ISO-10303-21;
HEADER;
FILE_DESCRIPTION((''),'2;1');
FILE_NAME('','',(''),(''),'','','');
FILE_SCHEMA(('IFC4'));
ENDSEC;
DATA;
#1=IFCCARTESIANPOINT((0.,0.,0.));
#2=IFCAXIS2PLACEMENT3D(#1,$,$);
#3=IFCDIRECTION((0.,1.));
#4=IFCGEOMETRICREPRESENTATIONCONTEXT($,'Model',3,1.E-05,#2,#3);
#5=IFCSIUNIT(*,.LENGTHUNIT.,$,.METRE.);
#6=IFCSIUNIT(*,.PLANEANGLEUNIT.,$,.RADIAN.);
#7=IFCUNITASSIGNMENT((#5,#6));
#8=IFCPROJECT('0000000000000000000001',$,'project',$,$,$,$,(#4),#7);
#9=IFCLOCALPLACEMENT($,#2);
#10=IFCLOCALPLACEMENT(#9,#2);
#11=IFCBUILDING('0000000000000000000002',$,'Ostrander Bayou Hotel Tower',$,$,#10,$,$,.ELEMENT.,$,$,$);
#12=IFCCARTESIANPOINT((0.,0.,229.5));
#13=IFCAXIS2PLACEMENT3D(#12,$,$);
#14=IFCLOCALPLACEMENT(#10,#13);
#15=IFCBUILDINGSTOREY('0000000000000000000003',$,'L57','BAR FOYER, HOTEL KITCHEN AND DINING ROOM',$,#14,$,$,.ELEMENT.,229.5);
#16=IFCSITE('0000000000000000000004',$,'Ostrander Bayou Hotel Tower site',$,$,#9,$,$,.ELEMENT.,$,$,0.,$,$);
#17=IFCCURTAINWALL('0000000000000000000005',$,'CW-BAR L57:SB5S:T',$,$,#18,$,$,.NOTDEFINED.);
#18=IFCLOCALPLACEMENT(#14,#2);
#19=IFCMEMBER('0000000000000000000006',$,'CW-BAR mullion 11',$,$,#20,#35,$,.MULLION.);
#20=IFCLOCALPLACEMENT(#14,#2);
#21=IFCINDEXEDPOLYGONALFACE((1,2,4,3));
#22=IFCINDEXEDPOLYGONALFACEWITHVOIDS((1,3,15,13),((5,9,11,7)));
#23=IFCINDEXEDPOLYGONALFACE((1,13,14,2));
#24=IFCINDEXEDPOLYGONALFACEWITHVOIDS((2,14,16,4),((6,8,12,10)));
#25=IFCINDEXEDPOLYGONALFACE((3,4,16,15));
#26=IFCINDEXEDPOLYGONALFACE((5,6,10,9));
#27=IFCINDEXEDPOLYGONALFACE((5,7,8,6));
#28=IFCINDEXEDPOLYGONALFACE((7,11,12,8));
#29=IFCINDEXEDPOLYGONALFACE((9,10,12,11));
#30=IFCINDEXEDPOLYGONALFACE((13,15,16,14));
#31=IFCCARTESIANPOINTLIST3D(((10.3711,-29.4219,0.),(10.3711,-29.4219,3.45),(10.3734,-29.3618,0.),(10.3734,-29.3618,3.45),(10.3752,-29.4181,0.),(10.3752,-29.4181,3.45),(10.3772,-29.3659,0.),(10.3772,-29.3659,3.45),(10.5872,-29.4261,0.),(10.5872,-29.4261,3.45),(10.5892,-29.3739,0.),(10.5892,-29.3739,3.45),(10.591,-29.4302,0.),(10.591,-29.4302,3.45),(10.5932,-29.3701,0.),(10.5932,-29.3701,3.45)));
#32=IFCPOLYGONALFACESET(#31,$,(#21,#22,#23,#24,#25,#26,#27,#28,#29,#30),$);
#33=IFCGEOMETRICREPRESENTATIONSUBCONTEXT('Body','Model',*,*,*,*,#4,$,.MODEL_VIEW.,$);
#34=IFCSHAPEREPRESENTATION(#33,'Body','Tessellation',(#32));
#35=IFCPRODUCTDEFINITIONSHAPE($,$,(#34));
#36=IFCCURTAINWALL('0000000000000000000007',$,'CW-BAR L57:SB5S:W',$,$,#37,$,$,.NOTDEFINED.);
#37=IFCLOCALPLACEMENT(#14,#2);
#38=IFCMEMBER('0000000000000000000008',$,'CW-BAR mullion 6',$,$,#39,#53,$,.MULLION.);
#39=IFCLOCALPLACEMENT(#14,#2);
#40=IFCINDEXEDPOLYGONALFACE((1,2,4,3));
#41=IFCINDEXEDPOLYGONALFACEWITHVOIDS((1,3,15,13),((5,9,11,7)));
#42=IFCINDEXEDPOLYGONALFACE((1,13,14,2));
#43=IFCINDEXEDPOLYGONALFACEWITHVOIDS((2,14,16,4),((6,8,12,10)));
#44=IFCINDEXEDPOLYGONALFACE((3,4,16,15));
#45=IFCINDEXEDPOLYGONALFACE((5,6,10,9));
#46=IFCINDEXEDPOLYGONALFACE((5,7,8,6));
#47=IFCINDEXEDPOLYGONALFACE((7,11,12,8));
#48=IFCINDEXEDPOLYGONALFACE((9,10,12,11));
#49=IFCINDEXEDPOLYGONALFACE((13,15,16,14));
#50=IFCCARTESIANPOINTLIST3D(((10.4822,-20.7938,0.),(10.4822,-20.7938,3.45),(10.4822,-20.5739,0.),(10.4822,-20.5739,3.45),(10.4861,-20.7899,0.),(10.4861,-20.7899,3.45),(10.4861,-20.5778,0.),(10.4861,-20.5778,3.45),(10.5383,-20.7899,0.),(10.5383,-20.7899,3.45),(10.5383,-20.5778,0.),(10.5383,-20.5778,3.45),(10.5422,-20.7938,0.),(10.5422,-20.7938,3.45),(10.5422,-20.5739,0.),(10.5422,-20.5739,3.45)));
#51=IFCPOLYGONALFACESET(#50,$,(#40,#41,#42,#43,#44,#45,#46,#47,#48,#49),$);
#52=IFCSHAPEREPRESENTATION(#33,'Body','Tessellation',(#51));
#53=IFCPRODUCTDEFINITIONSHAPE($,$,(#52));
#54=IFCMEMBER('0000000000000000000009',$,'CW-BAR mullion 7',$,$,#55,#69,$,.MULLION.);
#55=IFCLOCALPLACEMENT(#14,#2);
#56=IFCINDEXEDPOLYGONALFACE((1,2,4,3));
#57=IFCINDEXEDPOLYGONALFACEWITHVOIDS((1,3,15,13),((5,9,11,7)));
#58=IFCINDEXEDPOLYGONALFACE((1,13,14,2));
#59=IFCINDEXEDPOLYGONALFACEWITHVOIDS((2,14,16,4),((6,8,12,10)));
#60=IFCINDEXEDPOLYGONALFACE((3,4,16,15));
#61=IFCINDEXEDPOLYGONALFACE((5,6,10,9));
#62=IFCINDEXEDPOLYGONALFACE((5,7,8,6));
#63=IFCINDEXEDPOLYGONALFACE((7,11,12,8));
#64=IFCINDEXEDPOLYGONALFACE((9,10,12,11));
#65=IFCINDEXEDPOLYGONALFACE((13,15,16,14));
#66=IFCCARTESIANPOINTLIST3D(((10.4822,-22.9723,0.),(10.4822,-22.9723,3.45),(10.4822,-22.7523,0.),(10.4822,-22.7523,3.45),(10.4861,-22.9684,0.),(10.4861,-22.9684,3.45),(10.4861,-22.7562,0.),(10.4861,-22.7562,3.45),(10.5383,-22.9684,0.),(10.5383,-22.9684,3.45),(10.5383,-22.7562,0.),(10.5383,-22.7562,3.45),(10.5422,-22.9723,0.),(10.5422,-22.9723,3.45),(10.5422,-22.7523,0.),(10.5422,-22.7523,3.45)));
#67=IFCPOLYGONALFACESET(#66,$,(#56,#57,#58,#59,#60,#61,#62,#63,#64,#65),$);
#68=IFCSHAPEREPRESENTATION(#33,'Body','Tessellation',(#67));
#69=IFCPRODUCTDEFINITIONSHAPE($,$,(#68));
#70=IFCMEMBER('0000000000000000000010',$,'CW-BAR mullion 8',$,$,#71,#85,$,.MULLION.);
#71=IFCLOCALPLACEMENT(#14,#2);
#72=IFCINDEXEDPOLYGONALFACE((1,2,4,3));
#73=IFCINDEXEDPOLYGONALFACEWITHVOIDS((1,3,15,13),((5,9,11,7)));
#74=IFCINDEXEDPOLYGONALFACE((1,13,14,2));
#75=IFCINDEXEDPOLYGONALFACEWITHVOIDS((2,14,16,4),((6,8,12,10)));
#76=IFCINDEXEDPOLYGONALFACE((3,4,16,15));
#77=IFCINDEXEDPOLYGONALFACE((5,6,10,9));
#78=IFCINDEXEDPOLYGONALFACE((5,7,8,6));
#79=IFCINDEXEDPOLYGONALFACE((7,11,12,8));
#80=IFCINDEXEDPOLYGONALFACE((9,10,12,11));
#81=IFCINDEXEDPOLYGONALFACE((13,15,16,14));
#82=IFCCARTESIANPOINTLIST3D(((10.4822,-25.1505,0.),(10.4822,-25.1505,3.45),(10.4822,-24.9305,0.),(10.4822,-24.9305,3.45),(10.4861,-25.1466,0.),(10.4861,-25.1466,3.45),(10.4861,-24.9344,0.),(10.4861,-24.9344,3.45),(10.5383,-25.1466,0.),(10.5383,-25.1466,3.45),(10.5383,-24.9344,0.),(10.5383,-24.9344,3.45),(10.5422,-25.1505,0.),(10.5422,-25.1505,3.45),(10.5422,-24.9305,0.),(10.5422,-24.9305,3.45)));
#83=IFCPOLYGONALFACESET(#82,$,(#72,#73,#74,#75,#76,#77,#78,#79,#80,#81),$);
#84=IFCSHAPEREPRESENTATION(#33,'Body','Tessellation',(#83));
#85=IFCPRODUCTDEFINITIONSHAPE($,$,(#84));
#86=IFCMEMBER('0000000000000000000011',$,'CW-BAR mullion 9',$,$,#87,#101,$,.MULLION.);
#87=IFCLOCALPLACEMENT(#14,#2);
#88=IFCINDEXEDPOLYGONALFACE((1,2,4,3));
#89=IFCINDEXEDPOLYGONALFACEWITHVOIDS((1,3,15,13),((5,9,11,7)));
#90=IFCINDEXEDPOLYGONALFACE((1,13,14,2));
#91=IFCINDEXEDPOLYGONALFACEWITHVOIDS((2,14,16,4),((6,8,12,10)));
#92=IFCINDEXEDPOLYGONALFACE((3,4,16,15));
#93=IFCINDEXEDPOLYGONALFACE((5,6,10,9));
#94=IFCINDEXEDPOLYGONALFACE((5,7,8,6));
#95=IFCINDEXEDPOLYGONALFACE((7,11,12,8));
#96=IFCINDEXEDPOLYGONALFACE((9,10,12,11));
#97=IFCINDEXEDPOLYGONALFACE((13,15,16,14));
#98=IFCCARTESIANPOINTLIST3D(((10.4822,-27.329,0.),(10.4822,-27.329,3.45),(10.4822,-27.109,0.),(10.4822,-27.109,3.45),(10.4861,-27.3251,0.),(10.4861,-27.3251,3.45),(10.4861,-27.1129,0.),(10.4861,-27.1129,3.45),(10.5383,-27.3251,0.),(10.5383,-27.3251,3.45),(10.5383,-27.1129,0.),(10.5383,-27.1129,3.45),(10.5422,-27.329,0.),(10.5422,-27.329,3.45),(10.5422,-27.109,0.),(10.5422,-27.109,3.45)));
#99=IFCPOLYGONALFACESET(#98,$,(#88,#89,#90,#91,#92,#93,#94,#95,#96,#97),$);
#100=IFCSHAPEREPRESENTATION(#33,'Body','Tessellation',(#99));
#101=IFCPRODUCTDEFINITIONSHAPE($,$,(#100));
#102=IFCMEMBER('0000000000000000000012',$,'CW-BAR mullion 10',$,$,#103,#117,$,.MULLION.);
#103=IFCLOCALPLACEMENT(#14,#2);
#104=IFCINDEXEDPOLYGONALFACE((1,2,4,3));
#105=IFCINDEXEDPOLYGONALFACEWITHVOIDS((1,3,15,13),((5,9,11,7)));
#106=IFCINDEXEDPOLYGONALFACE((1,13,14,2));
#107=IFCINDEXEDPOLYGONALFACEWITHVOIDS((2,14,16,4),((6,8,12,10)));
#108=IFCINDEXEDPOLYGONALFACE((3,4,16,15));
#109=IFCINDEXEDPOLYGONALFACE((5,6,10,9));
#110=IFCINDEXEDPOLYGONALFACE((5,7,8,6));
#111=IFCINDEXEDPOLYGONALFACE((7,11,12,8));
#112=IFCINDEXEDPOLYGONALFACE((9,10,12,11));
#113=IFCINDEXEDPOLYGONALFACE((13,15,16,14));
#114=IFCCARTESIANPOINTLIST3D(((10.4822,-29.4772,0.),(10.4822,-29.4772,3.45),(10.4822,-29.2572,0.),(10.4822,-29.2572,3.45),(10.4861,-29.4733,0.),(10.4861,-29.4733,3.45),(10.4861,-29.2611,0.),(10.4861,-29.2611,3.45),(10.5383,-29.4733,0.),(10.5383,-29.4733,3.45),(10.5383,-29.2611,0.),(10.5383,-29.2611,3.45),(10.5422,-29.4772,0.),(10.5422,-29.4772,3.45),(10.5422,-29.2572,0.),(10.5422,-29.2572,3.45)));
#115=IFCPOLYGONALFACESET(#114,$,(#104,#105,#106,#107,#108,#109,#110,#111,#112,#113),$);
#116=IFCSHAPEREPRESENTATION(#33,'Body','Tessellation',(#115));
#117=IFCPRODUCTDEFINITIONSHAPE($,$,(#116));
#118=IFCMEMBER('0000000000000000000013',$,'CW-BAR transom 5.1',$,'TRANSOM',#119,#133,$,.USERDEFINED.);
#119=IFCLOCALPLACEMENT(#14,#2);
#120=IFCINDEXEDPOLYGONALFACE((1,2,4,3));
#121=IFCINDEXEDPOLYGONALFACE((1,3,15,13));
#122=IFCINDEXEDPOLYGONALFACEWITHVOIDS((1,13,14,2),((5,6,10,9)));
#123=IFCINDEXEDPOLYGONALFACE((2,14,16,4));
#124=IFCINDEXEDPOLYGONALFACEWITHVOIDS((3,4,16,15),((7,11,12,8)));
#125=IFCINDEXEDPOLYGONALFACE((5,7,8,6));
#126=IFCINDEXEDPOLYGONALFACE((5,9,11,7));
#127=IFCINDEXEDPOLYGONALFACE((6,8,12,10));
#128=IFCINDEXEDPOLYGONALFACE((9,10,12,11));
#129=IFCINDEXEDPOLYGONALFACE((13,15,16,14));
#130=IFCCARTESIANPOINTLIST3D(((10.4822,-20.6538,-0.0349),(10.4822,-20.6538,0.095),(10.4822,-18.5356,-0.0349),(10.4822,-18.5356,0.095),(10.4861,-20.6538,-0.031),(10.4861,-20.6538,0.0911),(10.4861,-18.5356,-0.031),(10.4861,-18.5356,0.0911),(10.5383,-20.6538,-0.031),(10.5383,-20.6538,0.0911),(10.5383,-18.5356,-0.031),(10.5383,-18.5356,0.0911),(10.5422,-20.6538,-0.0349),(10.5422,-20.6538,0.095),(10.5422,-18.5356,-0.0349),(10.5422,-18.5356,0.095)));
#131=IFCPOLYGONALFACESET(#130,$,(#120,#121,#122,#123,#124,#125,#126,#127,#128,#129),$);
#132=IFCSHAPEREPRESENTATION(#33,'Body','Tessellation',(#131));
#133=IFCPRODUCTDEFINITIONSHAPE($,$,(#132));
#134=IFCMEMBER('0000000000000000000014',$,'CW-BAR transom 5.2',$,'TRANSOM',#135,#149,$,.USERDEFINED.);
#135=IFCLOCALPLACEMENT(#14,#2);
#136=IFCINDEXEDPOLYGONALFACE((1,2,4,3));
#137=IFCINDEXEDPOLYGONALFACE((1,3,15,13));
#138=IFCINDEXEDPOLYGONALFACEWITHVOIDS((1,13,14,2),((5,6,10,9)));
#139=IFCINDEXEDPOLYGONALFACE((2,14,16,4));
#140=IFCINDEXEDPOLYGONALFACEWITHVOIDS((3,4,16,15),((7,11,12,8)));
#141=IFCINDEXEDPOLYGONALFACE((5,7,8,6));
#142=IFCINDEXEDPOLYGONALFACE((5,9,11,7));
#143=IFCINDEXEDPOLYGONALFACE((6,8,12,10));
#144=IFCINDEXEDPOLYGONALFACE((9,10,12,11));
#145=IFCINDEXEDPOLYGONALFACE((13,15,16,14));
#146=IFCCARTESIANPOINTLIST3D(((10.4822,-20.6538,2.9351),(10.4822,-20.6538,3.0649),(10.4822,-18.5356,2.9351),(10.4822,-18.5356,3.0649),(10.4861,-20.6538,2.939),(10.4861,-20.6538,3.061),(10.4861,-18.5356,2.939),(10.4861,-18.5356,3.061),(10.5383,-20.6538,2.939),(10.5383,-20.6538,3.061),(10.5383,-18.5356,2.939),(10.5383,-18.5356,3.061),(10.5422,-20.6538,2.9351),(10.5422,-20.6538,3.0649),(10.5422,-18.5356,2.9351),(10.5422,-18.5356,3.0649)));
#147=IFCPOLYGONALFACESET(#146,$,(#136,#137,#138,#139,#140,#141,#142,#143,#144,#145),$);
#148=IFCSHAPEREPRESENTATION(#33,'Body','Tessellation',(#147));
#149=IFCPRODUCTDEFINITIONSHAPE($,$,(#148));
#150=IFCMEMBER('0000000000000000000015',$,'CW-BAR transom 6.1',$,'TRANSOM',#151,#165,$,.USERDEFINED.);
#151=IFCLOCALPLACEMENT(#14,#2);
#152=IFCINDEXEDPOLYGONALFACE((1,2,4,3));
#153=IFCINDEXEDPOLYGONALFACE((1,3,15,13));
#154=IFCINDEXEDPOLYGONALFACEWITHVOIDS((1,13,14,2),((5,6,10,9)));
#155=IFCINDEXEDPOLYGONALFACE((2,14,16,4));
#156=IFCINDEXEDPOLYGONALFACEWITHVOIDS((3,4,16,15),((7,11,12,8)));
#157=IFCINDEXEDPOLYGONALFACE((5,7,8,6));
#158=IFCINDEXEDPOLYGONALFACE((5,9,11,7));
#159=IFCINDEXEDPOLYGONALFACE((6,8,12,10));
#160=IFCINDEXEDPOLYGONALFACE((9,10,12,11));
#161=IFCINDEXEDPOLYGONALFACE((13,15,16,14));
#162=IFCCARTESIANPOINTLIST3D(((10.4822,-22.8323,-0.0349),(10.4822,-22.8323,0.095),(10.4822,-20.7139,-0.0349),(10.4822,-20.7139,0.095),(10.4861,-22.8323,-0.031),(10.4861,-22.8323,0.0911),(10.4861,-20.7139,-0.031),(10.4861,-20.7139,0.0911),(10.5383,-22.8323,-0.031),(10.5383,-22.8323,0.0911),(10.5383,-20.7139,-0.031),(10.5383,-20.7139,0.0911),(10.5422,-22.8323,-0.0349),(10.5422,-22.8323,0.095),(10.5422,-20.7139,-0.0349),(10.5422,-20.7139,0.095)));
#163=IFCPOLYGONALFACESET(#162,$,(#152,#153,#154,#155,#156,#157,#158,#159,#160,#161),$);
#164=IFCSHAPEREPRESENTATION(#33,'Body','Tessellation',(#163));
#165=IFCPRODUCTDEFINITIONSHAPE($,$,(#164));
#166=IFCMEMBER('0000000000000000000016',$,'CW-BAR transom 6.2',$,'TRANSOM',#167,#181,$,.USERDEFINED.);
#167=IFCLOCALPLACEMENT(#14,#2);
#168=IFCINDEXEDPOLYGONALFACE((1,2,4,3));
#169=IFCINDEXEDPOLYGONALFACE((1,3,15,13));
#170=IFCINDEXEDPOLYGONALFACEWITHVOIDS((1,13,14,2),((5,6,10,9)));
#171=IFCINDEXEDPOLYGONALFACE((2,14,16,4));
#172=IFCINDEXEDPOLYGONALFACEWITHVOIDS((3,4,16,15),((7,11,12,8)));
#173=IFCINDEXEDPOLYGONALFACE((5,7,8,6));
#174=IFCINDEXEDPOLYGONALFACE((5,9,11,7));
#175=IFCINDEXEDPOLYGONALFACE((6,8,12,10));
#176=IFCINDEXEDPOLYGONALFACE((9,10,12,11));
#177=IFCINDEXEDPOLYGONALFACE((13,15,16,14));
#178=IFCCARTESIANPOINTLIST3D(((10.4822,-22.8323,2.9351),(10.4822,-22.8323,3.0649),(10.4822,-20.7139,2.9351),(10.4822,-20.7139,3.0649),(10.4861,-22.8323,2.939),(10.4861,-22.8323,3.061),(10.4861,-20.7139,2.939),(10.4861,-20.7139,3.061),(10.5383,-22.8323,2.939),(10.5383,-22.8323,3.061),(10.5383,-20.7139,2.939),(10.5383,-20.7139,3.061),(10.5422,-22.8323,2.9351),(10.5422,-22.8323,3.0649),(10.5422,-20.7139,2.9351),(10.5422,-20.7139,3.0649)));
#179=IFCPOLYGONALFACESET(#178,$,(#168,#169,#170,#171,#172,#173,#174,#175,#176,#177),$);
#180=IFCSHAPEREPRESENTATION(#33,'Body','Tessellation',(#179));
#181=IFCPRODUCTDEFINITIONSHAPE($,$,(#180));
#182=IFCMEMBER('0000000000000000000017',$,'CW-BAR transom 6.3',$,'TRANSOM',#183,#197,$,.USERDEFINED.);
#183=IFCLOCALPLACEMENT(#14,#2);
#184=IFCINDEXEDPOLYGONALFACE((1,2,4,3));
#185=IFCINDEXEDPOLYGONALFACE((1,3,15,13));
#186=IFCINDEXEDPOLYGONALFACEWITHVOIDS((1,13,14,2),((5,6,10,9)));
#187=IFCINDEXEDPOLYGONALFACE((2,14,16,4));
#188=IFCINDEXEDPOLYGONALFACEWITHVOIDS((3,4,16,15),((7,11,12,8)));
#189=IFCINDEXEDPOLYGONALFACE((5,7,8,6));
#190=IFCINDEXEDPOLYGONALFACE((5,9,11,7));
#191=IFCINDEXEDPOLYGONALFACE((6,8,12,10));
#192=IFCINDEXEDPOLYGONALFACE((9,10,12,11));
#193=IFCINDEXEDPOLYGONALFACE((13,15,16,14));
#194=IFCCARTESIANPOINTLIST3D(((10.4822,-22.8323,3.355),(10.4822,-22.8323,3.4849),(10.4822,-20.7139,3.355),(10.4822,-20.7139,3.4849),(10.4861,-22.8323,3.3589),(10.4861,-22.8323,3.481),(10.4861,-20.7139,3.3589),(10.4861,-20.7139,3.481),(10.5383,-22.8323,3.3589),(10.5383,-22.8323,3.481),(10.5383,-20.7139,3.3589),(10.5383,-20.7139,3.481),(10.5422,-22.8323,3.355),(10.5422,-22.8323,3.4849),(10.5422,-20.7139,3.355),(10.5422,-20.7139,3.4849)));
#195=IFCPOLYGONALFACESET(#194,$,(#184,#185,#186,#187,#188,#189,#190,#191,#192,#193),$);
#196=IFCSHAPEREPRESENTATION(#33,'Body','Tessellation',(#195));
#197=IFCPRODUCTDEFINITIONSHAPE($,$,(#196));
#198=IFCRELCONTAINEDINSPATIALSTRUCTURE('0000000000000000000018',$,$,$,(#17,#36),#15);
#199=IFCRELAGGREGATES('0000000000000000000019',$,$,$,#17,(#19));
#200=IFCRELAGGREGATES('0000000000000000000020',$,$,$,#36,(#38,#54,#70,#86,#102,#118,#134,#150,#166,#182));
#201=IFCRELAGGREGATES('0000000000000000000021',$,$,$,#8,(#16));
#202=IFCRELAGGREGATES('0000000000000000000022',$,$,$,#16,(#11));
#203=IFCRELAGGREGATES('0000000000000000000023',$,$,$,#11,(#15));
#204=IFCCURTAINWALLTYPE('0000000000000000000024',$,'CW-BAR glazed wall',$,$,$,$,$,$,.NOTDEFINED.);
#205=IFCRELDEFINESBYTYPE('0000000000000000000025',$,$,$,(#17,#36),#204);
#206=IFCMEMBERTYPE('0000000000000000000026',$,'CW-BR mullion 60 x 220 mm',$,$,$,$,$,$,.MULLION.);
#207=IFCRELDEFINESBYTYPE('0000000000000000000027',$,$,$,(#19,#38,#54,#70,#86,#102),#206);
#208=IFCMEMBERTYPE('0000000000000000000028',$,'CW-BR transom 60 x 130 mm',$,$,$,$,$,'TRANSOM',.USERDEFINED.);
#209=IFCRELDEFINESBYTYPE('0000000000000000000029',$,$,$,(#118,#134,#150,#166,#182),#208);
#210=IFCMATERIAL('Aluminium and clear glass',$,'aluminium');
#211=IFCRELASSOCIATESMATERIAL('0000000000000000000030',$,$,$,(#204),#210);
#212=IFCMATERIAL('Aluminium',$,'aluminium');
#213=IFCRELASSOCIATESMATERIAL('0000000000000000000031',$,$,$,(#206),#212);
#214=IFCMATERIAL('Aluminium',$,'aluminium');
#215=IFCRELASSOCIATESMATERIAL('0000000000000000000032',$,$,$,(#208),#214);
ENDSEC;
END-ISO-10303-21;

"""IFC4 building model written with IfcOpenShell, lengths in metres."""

from ifc_helpers import new_model, si_unit, direction, frame, origin, origin_2d, place, context, subcontext, project, spatial, hollow_rectangle, extrude, material, material_profile, profile_set, type_object, element, aggregate, save


model = new_model("IFC4")

# Units and contexts
model_context = context("Model", 3, precision=1e-05, world=origin(), true_north=direction((0.0, 1.0)))
body_context = subcontext(model_context, "Body", "Model", "MODEL_VIEW")
ifc_project = project(units=[si_unit("LENGTHUNIT", "METRE"), si_unit("PLANEANGLEUNIT", "RADIAN")], contexts=[model_context])

# Site, building, storey
site_placement = place(None, origin())
site = spatial("IfcSite", under=ifc_project, at=site_placement, Name="Ostrander Bayou Hotel Tower site", CompositionType="ELEMENT", RefElevation=0.0)
building_placement = place(site_placement, origin())
building = spatial("IfcBuilding", under=site, at=building_placement, Name="Ostrander Bayou Hotel Tower", CompositionType="ELEMENT")
storey_placement = place(building_placement, frame((0.0, 0.0, 229.5)))
storey = spatial("IfcBuildingStorey", under=building, at=storey_placement, Name="L57", Description="BAR FOYER, HOTEL KITCHEN AND DINING ROOM", CompositionType="ELEMENT", Elevation=229.5)

# Curtain wall, member
ifc_material_1 = material(Name="Aluminium and clear glass", Category="aluminium")
curtain_wall_type = type_object("IfcCurtainWallType", Name="CW-BAR glazed wall", PredefinedType="NOTDEFINED", material=ifc_material_1)
curtain_wall_1_placement = place(storey_placement, origin())
curtain_wall_1 = element("IfcCurtainWall", 1, at=curtain_wall_1_placement, inside=storey, type_object=curtain_wall_type, Name="CW-BAR L57:SB5S:T", PredefinedType="NOTDEFINED")
ifc_material_2 = material(Name="Aluminium", Category="aluminium")
ifc_material_profile_1 = material_profile(ifc_material_2, hollow_rectangle(XDim=0.0601, YDim=0.22, WallThickness=0.0039, at=origin_2d()))
ifc_profile_set_1 = profile_set([ifc_material_profile_1], Name="Aluminium")
member_type_1 = type_object("IfcMemberType", Name="CW-BR mullion 60 x 220 mm", PredefinedType="MULLION", material=ifc_profile_set_1)
member_1_placement = place(storey_placement, frame((10.4822, -29.396, 0.0), z_axis=(0.0, 0.0, 1.0), x_axis=(0.037758, 0.999287, 0.0)))
member_1 = element("IfcMember", 2, at=member_1_placement, type_object=member_type_1, Name="CW-BAR mullion 11", PredefinedType="MULLION", context=body_context, shape_type="SweptSolid", body=[
    extrude(hollow_rectangle(XDim=0.0601, YDim=0.22, WallThickness=0.0039, at=origin_2d()), origin(), (0.0, 0.0, 1.0), 3.45),
])

# Curtain wall, members
curtain_wall_2_placement = place(storey_placement, origin())
curtain_wall_2 = element("IfcCurtainWall", 3, at=curtain_wall_2_placement, inside=storey, type_object=curtain_wall_type, Name="CW-BAR L57:SB5S:W", PredefinedType="NOTDEFINED")
member_2_placement = place(storey_placement, frame((10.5122, -20.6838, 0.0), z_axis=(0.0, 0.0, 1.0), x_axis=(1.0, 0.0, 0.0)))
member_2 = element("IfcMember", 4, at=member_2_placement, type_object=member_type_1, Name="CW-BAR mullion 6", PredefinedType="MULLION", context=body_context, shape_type="SweptSolid", body=[
    extrude(hollow_rectangle(XDim=0.0601, YDim=0.22, WallThickness=0.0039, at=origin_2d()), origin(), (0.0, 0.0, 1.0), 3.45),
])
member_3_placement = place(storey_placement, frame((10.5122, -22.8623, 0.0), z_axis=(0.0, 0.0, 1.0), x_axis=(1.0, 0.0, 0.0)))
member_3 = element("IfcMember", 5, at=member_3_placement, type_object=member_type_1, Name="CW-BAR mullion 7", PredefinedType="MULLION", context=body_context, shape_type="SweptSolid", body=[
    extrude(hollow_rectangle(XDim=0.0601, YDim=0.22, WallThickness=0.0039, at=origin_2d()), origin(), (0.0, 0.0, 1.0), 3.45),
])
member_4_placement = place(storey_placement, frame((10.5122, -25.0405, 0.0), z_axis=(0.0, 0.0, 1.0), x_axis=(1.0, 0.0, 0.0)))
member_4 = element("IfcMember", 6, at=member_4_placement, type_object=member_type_1, Name="CW-BAR mullion 8", PredefinedType="MULLION", context=body_context, shape_type="SweptSolid", body=[
    extrude(hollow_rectangle(XDim=0.0601, YDim=0.22, WallThickness=0.0039, at=origin_2d()), origin(), (0.0, 0.0, 1.0), 3.45),
])
member_5_placement = place(storey_placement, frame((10.5122, -27.219, 0.0), z_axis=(0.0, 0.0, 1.0), x_axis=(1.0, 0.0, 0.0)))
member_5 = element("IfcMember", 7, at=member_5_placement, type_object=member_type_1, Name="CW-BAR mullion 9", PredefinedType="MULLION", context=body_context, shape_type="SweptSolid", body=[
    extrude(hollow_rectangle(XDim=0.0601, YDim=0.22, WallThickness=0.0039, at=origin_2d()), origin(), (0.0, 0.0, 1.0), 3.45),
])
member_6_placement = place(storey_placement, frame((10.5122, -29.3672, 0.0), z_axis=(0.0, 0.0, 1.0), x_axis=(1.0, 0.0, 0.0)))
member_6 = element("IfcMember", 8, at=member_6_placement, type_object=member_type_1, Name="CW-BAR mullion 10", PredefinedType="MULLION", context=body_context, shape_type="SweptSolid", body=[
    extrude(hollow_rectangle(XDim=0.0601, YDim=0.22, WallThickness=0.0039, at=origin_2d()), origin(), (0.0, 0.0, 1.0), 3.45),
])
ifc_material_3 = material(Name="Aluminium", Category="aluminium")
ifc_material_profile_2 = material_profile(ifc_material_3, hollow_rectangle(XDim=0.0601, YDim=0.1299, WallThickness=0.0039, at=origin_2d()))
ifc_profile_set_2 = profile_set([ifc_material_profile_2], Name="Aluminium")
member_type_2 = type_object("IfcMemberType", Name="CW-BR transom 60 x 130 mm", ElementType="TRANSOM", PredefinedType="USERDEFINED", material=ifc_profile_set_2)
member_7_placement = place(storey_placement, frame((10.5122, -18.5356, 0.03), z_axis=(0.0, -1.0, 0.0), x_axis=(1.0, 0.0, 0.0)))
member_7 = element("IfcMember", 9, at=member_7_placement, type_object=member_type_2, Name="CW-BAR transom 5.1", ObjectType="TRANSOM", PredefinedType="USERDEFINED", context=body_context, shape_type="SweptSolid", body=[
    extrude(hollow_rectangle(XDim=0.0601, YDim=0.1299, WallThickness=0.0039, at=origin_2d()), origin(), (0.0, 0.0, 1.0), 2.1182),
])
member_8_placement = place(storey_placement, frame((10.5122, -18.5356, 3.0), z_axis=(0.0, -1.0, 0.0), x_axis=(1.0, 0.0, 0.0)))
member_8 = element("IfcMember", 10, at=member_8_placement, type_object=member_type_2, Name="CW-BAR transom 5.2", ObjectType="TRANSOM", PredefinedType="USERDEFINED", context=body_context, shape_type="SweptSolid", body=[
    extrude(hollow_rectangle(XDim=0.0601, YDim=0.1299, WallThickness=0.0039, at=origin_2d()), origin(), (0.0, 0.0, 1.0), 2.1182),
])
member_9_placement = place(storey_placement, frame((10.5122, -20.7139, 0.03), z_axis=(0.0, -1.0, 0.0), x_axis=(1.0, 0.0, 0.0)))
member_9 = element("IfcMember", 11, at=member_9_placement, type_object=member_type_2, Name="CW-BAR transom 6.1", ObjectType="TRANSOM", PredefinedType="USERDEFINED", context=body_context, shape_type="SweptSolid", body=[
    extrude(hollow_rectangle(XDim=0.0601, YDim=0.1299, WallThickness=0.0039, at=origin_2d()), origin(), (0.0, 0.0, 1.0), 2.1184),
])
member_10_placement = place(storey_placement, frame((10.5122, -20.7139, 3.0), z_axis=(0.0, -1.0, 0.0), x_axis=(1.0, 0.0, 0.0)))
member_10 = element("IfcMember", 12, at=member_10_placement, type_object=member_type_2, Name="CW-BAR transom 6.2", ObjectType="TRANSOM", PredefinedType="USERDEFINED", context=body_context, shape_type="SweptSolid", body=[
    extrude(hollow_rectangle(XDim=0.0601, YDim=0.1299, WallThickness=0.0039, at=origin_2d()), origin(), (0.0, 0.0, 1.0), 2.1184),
])
member_11_placement = place(storey_placement, frame((10.5122, -20.7139, 3.4199), z_axis=(0.0, -1.0, 0.0), x_axis=(1.0, 0.0, 0.0)))
member_11 = element("IfcMember", 13, at=member_11_placement, type_object=member_type_2, Name="CW-BAR transom 6.3", ObjectType="TRANSOM", PredefinedType="USERDEFINED", context=body_context, shape_type="SweptSolid", body=[
    extrude(hollow_rectangle(XDim=0.0601, YDim=0.1299, WallThickness=0.0039, at=origin_2d()), origin(), (0.0, 0.0, 1.0), 2.1184),
])

aggregate(curtain_wall_1, [member_1])
aggregate(curtain_wall_2, [member_2, member_3, member_4, member_5, member_6, member_7, member_8, member_9, member_10, member_11])

save(model, "model.ifc")
